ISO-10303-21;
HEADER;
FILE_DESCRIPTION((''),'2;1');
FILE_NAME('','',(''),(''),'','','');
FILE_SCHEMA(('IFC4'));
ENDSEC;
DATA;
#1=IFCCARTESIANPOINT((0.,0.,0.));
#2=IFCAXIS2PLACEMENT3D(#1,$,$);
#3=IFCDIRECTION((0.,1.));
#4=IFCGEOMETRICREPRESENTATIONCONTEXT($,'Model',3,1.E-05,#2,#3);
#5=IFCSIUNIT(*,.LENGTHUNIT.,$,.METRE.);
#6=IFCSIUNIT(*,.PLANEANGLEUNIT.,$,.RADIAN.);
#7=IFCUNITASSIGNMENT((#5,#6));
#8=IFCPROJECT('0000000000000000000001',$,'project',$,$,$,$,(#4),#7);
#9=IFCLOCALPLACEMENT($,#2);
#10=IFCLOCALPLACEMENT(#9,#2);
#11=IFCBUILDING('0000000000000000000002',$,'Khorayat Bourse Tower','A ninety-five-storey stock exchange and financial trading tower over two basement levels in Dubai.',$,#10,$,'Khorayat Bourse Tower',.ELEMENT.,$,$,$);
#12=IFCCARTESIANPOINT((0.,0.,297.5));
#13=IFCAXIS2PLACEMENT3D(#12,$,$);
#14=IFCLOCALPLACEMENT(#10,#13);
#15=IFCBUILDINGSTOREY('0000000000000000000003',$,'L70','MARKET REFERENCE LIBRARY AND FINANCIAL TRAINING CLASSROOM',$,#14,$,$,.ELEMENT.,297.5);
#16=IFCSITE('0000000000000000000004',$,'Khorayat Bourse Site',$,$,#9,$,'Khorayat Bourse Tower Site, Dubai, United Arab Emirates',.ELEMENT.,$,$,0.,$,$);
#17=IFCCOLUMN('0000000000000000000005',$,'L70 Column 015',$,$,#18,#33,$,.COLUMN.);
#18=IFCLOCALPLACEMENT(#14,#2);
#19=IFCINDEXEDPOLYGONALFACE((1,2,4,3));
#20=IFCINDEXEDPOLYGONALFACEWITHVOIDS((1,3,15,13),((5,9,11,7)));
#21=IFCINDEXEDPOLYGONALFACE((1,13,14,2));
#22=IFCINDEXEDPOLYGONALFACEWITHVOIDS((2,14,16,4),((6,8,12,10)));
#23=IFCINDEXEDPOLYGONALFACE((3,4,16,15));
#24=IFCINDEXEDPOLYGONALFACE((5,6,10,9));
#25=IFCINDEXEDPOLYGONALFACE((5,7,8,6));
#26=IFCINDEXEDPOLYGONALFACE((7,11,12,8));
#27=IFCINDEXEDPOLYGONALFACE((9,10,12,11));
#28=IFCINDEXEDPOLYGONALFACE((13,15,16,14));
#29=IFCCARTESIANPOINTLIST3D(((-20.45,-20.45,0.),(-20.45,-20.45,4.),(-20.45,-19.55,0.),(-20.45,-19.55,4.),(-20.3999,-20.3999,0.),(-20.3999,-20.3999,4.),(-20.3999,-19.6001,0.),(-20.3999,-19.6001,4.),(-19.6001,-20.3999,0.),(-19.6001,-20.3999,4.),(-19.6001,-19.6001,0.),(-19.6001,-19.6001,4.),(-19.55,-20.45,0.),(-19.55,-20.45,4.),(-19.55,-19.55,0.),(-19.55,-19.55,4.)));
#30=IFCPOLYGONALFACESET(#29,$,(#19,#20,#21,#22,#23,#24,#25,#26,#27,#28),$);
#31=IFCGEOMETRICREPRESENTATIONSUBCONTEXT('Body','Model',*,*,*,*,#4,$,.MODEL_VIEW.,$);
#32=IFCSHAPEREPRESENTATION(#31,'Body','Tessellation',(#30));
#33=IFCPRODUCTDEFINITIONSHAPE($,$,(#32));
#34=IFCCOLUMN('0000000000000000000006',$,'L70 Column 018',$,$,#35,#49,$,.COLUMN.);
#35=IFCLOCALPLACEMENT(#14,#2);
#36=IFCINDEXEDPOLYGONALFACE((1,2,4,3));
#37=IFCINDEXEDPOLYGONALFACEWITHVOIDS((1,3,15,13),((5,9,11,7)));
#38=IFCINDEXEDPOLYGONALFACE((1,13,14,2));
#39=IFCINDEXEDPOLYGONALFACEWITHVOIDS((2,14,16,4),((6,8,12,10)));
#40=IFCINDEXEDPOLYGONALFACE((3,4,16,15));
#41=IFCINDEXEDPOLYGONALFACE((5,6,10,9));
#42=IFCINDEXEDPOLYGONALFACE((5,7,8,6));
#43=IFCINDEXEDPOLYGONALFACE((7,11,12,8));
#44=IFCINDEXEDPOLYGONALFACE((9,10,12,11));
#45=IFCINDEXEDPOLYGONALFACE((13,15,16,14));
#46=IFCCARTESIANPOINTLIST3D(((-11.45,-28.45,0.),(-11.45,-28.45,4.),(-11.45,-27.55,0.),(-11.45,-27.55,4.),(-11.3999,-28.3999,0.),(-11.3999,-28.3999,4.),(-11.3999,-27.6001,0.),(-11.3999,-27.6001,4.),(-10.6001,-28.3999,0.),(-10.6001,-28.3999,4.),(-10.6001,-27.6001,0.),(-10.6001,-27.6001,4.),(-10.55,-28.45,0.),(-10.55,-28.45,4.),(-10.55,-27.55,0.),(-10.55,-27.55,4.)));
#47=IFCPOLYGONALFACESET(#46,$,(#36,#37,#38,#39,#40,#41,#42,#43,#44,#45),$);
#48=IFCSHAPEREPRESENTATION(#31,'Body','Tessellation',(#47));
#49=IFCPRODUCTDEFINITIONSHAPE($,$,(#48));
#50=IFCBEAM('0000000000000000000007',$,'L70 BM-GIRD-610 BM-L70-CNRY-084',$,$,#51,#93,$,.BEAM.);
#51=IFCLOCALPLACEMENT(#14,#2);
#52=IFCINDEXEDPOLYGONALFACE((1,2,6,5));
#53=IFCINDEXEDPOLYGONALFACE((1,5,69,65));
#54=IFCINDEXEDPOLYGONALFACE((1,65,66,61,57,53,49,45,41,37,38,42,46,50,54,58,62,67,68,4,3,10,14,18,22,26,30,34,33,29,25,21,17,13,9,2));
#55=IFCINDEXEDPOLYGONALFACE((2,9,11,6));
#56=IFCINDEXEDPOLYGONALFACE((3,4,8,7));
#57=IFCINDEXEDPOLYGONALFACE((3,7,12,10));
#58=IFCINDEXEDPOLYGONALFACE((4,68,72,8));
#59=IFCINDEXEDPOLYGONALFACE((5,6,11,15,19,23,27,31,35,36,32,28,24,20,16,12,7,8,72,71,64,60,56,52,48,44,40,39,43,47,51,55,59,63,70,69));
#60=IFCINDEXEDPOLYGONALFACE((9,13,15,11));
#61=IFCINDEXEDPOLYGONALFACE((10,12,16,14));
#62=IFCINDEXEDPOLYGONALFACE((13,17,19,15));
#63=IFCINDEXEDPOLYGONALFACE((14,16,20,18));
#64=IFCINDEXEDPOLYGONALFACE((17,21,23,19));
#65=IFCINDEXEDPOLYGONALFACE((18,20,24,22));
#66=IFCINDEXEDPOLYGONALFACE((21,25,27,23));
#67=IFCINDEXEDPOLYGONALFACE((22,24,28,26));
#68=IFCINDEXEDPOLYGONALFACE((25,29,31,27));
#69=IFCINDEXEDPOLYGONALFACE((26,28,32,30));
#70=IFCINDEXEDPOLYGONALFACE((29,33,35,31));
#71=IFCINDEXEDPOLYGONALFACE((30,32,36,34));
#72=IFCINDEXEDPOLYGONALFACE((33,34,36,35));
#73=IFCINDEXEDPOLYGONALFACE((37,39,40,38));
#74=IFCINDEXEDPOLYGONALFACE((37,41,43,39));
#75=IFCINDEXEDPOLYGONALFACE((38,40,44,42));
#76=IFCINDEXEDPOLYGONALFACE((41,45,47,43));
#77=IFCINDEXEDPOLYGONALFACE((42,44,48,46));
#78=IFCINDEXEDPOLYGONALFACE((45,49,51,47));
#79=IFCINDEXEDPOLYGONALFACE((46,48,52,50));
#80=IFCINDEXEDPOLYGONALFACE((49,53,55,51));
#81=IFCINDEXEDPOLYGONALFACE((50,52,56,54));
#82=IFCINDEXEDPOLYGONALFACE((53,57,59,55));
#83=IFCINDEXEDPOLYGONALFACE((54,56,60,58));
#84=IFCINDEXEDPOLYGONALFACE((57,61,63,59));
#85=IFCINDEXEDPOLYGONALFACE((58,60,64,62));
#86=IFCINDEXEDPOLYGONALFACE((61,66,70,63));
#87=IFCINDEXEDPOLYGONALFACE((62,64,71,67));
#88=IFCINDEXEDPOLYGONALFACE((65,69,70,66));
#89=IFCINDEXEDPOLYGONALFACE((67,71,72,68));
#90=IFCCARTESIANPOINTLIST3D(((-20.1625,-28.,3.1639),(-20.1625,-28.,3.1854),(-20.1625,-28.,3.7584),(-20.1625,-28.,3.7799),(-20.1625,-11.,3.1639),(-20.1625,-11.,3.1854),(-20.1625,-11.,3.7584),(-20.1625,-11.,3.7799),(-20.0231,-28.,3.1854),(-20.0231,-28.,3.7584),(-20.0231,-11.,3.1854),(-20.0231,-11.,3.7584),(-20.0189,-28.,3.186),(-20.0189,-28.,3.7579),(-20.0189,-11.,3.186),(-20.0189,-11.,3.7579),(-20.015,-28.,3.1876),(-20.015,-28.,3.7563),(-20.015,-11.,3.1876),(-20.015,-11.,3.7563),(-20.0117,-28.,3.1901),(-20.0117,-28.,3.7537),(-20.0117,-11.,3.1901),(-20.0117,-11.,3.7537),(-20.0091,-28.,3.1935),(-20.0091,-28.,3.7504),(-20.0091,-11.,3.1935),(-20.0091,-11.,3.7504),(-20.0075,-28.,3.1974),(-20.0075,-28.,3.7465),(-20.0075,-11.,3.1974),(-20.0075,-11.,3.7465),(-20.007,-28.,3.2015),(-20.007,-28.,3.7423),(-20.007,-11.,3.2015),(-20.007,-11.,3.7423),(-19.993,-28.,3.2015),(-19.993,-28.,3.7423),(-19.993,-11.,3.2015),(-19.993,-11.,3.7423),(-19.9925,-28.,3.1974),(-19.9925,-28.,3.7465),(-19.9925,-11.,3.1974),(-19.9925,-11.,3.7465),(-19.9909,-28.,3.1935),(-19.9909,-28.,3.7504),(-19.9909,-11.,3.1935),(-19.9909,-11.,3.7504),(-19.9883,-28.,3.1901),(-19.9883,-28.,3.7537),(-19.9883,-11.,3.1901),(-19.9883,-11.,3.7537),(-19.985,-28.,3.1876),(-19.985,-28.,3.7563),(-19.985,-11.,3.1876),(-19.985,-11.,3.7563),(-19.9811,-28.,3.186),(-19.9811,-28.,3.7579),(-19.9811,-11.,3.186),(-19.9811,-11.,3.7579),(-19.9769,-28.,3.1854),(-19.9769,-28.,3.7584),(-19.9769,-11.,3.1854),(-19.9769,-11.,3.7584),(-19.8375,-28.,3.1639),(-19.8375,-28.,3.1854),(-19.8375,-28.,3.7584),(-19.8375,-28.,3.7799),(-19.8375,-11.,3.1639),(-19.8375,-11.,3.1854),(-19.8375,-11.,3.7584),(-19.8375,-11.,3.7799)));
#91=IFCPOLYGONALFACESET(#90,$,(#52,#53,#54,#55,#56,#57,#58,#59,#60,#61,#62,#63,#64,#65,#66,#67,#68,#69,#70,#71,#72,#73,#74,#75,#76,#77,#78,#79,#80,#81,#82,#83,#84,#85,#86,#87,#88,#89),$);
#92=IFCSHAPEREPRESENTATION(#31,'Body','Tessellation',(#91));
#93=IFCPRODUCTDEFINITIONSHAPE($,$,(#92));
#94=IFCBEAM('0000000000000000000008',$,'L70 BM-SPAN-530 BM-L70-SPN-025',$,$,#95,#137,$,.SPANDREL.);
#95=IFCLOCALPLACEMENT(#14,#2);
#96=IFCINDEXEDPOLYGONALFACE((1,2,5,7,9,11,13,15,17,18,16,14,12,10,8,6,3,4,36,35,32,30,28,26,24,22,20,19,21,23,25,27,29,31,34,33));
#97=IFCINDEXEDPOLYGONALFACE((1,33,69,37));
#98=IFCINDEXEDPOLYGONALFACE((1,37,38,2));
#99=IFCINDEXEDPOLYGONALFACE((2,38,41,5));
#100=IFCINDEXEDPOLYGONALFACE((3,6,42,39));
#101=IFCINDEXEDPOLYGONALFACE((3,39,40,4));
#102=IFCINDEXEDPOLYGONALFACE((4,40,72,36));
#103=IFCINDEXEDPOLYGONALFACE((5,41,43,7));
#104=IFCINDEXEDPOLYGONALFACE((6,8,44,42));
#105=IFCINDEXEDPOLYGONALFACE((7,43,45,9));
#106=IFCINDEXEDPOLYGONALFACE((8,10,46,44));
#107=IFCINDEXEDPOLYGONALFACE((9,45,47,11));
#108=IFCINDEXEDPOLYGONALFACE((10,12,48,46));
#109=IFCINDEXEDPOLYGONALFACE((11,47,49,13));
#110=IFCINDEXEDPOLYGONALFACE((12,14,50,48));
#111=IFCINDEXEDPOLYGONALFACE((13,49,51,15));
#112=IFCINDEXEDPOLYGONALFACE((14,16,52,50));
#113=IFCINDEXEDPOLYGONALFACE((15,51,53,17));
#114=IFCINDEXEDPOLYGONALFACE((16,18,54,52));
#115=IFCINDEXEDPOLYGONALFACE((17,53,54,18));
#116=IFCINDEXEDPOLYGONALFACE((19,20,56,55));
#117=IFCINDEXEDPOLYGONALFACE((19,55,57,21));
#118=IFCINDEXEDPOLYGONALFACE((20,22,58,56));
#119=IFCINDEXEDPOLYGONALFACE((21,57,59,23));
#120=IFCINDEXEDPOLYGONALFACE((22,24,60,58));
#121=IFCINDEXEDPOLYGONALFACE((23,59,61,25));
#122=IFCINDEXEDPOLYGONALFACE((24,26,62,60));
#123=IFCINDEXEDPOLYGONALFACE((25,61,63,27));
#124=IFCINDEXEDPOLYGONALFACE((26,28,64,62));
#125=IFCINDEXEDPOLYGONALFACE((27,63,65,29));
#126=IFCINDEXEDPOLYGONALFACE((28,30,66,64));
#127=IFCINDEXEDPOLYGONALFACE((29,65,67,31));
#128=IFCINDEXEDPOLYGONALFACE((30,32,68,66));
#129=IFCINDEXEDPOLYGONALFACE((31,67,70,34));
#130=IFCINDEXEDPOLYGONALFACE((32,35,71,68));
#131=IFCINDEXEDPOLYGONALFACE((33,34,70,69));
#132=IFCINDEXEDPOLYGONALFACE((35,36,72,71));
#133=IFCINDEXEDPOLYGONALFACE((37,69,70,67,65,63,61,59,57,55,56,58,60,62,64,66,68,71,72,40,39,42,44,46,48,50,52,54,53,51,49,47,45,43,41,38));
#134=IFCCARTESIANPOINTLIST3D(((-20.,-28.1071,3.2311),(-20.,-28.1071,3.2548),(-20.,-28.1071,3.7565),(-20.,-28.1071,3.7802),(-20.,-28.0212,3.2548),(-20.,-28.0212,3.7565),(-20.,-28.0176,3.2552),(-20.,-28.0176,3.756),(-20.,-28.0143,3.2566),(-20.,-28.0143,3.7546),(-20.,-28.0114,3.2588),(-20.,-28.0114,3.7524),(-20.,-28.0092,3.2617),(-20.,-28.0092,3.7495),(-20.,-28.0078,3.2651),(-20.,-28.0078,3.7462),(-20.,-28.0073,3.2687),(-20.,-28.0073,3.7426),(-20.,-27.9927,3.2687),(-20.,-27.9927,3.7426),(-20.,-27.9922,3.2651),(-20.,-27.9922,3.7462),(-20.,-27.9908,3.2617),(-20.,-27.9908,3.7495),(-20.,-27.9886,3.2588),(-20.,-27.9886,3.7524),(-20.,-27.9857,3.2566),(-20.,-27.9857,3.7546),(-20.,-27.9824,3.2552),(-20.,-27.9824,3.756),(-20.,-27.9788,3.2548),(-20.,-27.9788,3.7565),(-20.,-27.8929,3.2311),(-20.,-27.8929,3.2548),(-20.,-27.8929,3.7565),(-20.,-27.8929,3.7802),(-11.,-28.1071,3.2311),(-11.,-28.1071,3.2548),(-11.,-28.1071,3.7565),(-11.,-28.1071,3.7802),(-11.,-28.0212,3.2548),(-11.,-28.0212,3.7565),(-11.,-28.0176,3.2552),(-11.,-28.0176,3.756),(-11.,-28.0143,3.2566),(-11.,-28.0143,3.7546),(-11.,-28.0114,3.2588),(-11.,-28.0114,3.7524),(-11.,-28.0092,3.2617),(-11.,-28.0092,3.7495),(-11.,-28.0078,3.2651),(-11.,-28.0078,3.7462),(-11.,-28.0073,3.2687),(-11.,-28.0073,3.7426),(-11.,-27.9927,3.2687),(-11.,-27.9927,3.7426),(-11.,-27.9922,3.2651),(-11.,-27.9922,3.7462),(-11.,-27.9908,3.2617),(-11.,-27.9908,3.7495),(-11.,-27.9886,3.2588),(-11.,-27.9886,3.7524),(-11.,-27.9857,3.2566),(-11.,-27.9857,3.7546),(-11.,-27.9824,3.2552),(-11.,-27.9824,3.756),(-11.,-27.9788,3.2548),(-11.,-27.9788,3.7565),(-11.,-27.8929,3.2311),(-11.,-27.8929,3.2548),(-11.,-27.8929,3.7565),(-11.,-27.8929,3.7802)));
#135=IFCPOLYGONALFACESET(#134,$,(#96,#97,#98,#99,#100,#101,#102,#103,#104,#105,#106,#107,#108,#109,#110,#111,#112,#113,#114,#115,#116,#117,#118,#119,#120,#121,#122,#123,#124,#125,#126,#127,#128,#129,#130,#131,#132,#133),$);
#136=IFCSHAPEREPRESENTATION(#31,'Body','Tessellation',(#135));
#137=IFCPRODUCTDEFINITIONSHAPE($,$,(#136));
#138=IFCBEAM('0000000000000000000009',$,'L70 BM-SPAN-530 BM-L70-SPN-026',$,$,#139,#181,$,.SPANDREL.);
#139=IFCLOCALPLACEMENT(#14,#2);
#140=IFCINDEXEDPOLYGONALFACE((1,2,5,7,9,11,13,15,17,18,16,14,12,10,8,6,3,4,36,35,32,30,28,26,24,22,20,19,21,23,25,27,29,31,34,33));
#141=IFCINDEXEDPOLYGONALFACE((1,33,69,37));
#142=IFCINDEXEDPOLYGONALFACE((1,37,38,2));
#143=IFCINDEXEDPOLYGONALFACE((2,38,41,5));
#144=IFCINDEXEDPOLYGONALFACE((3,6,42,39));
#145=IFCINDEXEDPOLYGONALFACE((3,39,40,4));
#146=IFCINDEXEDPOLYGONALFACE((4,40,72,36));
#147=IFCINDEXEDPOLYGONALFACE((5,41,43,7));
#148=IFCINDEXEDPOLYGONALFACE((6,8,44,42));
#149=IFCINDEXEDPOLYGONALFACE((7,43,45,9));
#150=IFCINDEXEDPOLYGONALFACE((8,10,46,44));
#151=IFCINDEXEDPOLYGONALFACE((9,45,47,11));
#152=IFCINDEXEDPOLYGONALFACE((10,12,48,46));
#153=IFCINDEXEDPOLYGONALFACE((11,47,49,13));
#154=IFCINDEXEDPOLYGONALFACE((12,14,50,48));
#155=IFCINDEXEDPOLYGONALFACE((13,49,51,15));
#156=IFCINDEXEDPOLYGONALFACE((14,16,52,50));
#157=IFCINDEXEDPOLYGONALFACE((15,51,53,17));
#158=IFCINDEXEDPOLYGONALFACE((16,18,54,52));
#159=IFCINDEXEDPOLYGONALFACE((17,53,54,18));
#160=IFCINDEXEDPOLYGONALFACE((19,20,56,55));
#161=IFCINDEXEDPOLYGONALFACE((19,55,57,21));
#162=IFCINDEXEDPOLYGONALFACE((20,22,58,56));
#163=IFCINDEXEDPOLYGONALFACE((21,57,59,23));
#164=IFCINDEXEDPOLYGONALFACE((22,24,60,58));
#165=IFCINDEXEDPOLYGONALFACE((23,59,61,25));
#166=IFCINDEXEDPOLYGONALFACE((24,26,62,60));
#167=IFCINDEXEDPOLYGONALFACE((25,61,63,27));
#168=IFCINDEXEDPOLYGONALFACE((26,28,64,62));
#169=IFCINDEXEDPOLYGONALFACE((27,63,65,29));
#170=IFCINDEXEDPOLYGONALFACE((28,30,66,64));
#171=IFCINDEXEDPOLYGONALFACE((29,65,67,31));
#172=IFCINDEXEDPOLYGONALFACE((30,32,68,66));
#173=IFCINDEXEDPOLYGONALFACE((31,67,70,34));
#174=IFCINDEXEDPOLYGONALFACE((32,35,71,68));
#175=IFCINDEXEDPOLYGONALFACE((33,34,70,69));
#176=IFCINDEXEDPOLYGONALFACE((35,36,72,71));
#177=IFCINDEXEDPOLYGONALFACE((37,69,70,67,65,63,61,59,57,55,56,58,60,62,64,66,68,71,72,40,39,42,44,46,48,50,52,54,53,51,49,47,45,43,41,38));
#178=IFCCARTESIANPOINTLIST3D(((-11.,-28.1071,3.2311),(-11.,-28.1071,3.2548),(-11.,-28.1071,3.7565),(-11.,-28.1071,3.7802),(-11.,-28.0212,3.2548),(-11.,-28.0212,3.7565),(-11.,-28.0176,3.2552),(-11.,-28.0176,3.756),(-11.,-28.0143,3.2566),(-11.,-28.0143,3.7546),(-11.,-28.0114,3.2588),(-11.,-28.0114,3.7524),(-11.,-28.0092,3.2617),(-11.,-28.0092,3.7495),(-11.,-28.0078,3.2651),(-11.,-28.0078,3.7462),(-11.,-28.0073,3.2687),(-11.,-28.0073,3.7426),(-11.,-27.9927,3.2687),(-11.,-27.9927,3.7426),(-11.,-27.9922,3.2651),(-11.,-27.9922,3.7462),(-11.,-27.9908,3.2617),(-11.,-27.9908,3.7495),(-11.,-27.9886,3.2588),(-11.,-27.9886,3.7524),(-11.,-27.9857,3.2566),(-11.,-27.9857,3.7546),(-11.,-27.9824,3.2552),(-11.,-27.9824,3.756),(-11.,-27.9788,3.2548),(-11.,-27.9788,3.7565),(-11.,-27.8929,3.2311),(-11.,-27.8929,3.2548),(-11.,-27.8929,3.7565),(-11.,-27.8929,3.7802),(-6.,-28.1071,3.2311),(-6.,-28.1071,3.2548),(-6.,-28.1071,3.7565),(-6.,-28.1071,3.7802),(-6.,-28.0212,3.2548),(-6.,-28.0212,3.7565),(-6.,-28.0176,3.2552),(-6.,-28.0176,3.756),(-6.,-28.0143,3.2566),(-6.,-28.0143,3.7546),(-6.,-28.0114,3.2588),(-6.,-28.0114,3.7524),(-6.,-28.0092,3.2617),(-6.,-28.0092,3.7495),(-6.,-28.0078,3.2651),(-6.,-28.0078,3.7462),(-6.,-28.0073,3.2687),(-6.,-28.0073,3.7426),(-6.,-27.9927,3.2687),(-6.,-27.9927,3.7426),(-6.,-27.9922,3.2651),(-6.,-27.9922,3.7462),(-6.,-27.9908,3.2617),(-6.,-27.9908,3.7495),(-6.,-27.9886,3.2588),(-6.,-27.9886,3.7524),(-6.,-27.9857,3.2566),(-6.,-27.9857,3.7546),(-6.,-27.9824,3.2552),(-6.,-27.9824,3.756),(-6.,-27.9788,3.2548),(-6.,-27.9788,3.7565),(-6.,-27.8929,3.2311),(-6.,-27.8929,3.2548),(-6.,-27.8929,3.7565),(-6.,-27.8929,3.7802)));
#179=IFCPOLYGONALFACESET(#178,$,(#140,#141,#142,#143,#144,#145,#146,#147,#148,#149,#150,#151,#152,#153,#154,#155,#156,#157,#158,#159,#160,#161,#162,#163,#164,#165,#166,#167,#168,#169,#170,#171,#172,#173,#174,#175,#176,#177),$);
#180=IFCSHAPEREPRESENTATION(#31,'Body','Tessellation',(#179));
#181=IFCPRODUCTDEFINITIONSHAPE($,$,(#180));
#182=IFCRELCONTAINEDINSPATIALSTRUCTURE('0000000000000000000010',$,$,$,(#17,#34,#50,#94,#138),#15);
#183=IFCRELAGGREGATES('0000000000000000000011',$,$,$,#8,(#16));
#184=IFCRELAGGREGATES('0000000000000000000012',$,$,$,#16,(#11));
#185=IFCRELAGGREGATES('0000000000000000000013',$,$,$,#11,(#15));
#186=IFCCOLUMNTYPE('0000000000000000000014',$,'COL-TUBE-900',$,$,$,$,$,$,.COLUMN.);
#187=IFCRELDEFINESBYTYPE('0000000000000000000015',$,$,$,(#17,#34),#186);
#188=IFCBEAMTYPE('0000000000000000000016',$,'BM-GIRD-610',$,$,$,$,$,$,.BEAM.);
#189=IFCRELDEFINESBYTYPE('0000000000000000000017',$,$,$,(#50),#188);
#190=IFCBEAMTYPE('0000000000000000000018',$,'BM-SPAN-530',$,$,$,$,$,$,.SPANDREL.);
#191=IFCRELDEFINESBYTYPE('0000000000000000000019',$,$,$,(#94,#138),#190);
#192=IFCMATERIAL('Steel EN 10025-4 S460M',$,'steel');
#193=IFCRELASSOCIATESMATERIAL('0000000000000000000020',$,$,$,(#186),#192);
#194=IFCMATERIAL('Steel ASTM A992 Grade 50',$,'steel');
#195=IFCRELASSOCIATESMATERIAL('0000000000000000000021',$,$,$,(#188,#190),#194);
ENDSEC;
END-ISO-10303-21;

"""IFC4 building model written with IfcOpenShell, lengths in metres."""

from ifc_helpers import new_model, si_unit, direction, frame, origin, origin_2d, place, context, subcontext, project, spatial, hollow_rectangle, i_section, extrude, source, transform, mapped, material, material_profile, profile_set, type_object, element, save


model = new_model("IFC4")

# Units and contexts
model_context = context("Model", 3, precision=1e-05, world=origin(), true_north=direction((0.0, 1.0)))
body_context = subcontext(model_context, "Body", "Model", "MODEL_VIEW")
ifc_project = project(units=[si_unit("LENGTHUNIT", "METRE"), si_unit("PLANEANGLEUNIT", "RADIAN")], contexts=[model_context])

# Site, building, storey
site_placement = place(None, origin())
site = spatial("IfcSite", under=ifc_project, at=site_placement, Name="Khorayat Bourse Site", LongName="Khorayat Bourse Tower Site, Dubai, United Arab Emirates", CompositionType="ELEMENT", RefElevation=0.0)
building_placement = place(site_placement, origin())
building = spatial("IfcBuilding", under=site, at=building_placement, Name="Khorayat Bourse Tower", Description="A ninety-five-storey stock exchange and financial trading tower over two basement levels in Dubai.", LongName="Khorayat Bourse Tower", CompositionType="ELEMENT")
storey_placement = place(building_placement, frame((0.0, 0.0, 297.5)))
storey = spatial("IfcBuildingStorey", under=building, at=storey_placement, Name="L70", Description="MARKET REFERENCE LIBRARY AND FINANCIAL TRAINING CLASSROOM", CompositionType="ELEMENT", Elevation=297.5)

# Columns
ifc_material_1 = material(Name="Steel EN 10025-4 S460M", Category="steel")
ifc_material_profile_1 = material_profile(ifc_material_1, hollow_rectangle(XDim=0.8999, YDim=0.8999, WallThickness=0.05, at=origin_2d()), Name="BOX 900x900x50")
ifc_profile_set_1 = profile_set([ifc_material_profile_1], Name="Steel EN 10025-4 S460M")
column_type = type_object("IfcColumnType", Name="COL-TUBE-900", PredefinedType="COLUMN", material=ifc_profile_set_1)
shared_shape_1 = source(origin(), body_context, "Body", "SweptSolid", [
    extrude(hollow_rectangle(XDim=0.8999, YDim=0.8999, WallThickness=0.05, at=origin_2d()), origin(), (0.0, 0.0, 1.0), 4.0),
])
for number, where, z_axis, x_axis, name in (
    (1, (-20.0, -20.0, 0.0), (0.0, 0.0, 1.0), (1.0, 0.0, 0.0), "L70 Column 015"),
    (2, (-11.0, -28.0, 0.0), (0.0, 0.0, 1.0), (1.0, 0.0, 0.0), "L70 Column 018"),
):
    element("IfcColumn", number, at=place(storey_placement, frame(where, z_axis=z_axis, x_axis=x_axis)), inside=storey, type_object=column_type, Name=name, PredefinedType="COLUMN", context=body_context, shape_type="MappedRepresentation", body=[
        mapped(shared_shape_1, transform((0.0, 0.0, 0.0), scale=1.0)),
    ])

# Beams
ifc_material_2 = material(Name="Steel ASTM A992 Grade 50", Category="steel")
ifc_material_profile_2 = material_profile(ifc_material_2, i_section(OverallWidth=0.325, OverallDepth=0.616, WebThickness=0.0139, FlangeThickness=0.0215, FilletRadius=0.0161, at=origin_2d()), Name="W610X174")
ifc_profile_set_2 = profile_set([ifc_material_profile_2], Name="Steel ASTM A992 Grade 50")
beam_type_1 = type_object("IfcBeamType", Name="BM-GIRD-610", PredefinedType="BEAM", material=ifc_profile_set_2)
shared_shape_2 = source(origin(), body_context, "Body", "SweptSolid", [
    extrude(i_section(OverallWidth=0.325, OverallDepth=0.616, WebThickness=0.0139, FlangeThickness=0.0215, FilletRadius=0.0161, at=origin_2d()), origin(), (0.0, 0.0, 1.0), 17.0),
])
beam_1_placement = place(storey_placement, frame((-20.0, -28.0, 3.4719), z_axis=(0.0, 1.0, 0.0), x_axis=(-1.0, 0.0, 0.0)))
element("IfcBeam", 3, at=beam_1_placement, inside=storey, type_object=beam_type_1, Name="L70 BM-GIRD-610 BM-L70-CNRY-084", PredefinedType="BEAM", context=body_context, shape_type="MappedRepresentation", body=[
    mapped(shared_shape_2, transform((0.0, 0.0, 0.0), scale=1.0)),
])
ifc_material_profile_3 = material_profile(ifc_material_2, i_section(OverallWidth=0.2141, OverallDepth=0.5491, WebThickness=0.0146, FlangeThickness=0.0237, FilletRadius=0.0139, at=origin_2d()), Name="W530X138")
ifc_profile_set_3 = profile_set([ifc_material_profile_3], Name="Steel ASTM A992 Grade 50")
beam_type_2 = type_object("IfcBeamType", Name="BM-SPAN-530", PredefinedType="SPANDREL", material=ifc_profile_set_3)
shared_shape_3 = source(origin(), body_context, "Body", "SweptSolid", [
    extrude(i_section(OverallWidth=0.2141, OverallDepth=0.5491, WebThickness=0.0146, FlangeThickness=0.0237, FilletRadius=0.0139, at=origin_2d()), origin(), (0.0, 0.0, 1.0), 9.0),
])
beam_2_placement = place(storey_placement, frame((-20.0, -28.0, 3.5056), z_axis=(1.0, 0.0, 0.0), x_axis=(0.0, 1.0, 0.0)))
element("IfcBeam", 4, at=beam_2_placement, inside=storey, type_object=beam_type_2, Name="L70 BM-SPAN-530 BM-L70-SPN-025", PredefinedType="SPANDREL", context=body_context, shape_type="MappedRepresentation", body=[
    mapped(shared_shape_3, transform((0.0, 0.0, 0.0), scale=1.0)),
])
shared_shape_4 = source(origin(), body_context, "Body", "SweptSolid", [
    extrude(i_section(OverallWidth=0.2141, OverallDepth=0.5491, WebThickness=0.0146, FlangeThickness=0.0237, FilletRadius=0.0139, at=origin_2d()), origin(), (0.0, 0.0, 1.0), 5.0),
])
beam_3_placement = place(storey_placement, frame((-11.0, -28.0, 3.5056), z_axis=(1.0, 0.0, 0.0), x_axis=(0.0, 1.0, 0.0)))
element("IfcBeam", 5, at=beam_3_placement, inside=storey, type_object=beam_type_2, Name="L70 BM-SPAN-530 BM-L70-SPN-026", PredefinedType="SPANDREL", context=body_context, shape_type="MappedRepresentation", body=[
    mapped(shared_shape_4, transform((0.0, 0.0, 0.0), scale=1.0)),
])

save(model, "model.ifc")
